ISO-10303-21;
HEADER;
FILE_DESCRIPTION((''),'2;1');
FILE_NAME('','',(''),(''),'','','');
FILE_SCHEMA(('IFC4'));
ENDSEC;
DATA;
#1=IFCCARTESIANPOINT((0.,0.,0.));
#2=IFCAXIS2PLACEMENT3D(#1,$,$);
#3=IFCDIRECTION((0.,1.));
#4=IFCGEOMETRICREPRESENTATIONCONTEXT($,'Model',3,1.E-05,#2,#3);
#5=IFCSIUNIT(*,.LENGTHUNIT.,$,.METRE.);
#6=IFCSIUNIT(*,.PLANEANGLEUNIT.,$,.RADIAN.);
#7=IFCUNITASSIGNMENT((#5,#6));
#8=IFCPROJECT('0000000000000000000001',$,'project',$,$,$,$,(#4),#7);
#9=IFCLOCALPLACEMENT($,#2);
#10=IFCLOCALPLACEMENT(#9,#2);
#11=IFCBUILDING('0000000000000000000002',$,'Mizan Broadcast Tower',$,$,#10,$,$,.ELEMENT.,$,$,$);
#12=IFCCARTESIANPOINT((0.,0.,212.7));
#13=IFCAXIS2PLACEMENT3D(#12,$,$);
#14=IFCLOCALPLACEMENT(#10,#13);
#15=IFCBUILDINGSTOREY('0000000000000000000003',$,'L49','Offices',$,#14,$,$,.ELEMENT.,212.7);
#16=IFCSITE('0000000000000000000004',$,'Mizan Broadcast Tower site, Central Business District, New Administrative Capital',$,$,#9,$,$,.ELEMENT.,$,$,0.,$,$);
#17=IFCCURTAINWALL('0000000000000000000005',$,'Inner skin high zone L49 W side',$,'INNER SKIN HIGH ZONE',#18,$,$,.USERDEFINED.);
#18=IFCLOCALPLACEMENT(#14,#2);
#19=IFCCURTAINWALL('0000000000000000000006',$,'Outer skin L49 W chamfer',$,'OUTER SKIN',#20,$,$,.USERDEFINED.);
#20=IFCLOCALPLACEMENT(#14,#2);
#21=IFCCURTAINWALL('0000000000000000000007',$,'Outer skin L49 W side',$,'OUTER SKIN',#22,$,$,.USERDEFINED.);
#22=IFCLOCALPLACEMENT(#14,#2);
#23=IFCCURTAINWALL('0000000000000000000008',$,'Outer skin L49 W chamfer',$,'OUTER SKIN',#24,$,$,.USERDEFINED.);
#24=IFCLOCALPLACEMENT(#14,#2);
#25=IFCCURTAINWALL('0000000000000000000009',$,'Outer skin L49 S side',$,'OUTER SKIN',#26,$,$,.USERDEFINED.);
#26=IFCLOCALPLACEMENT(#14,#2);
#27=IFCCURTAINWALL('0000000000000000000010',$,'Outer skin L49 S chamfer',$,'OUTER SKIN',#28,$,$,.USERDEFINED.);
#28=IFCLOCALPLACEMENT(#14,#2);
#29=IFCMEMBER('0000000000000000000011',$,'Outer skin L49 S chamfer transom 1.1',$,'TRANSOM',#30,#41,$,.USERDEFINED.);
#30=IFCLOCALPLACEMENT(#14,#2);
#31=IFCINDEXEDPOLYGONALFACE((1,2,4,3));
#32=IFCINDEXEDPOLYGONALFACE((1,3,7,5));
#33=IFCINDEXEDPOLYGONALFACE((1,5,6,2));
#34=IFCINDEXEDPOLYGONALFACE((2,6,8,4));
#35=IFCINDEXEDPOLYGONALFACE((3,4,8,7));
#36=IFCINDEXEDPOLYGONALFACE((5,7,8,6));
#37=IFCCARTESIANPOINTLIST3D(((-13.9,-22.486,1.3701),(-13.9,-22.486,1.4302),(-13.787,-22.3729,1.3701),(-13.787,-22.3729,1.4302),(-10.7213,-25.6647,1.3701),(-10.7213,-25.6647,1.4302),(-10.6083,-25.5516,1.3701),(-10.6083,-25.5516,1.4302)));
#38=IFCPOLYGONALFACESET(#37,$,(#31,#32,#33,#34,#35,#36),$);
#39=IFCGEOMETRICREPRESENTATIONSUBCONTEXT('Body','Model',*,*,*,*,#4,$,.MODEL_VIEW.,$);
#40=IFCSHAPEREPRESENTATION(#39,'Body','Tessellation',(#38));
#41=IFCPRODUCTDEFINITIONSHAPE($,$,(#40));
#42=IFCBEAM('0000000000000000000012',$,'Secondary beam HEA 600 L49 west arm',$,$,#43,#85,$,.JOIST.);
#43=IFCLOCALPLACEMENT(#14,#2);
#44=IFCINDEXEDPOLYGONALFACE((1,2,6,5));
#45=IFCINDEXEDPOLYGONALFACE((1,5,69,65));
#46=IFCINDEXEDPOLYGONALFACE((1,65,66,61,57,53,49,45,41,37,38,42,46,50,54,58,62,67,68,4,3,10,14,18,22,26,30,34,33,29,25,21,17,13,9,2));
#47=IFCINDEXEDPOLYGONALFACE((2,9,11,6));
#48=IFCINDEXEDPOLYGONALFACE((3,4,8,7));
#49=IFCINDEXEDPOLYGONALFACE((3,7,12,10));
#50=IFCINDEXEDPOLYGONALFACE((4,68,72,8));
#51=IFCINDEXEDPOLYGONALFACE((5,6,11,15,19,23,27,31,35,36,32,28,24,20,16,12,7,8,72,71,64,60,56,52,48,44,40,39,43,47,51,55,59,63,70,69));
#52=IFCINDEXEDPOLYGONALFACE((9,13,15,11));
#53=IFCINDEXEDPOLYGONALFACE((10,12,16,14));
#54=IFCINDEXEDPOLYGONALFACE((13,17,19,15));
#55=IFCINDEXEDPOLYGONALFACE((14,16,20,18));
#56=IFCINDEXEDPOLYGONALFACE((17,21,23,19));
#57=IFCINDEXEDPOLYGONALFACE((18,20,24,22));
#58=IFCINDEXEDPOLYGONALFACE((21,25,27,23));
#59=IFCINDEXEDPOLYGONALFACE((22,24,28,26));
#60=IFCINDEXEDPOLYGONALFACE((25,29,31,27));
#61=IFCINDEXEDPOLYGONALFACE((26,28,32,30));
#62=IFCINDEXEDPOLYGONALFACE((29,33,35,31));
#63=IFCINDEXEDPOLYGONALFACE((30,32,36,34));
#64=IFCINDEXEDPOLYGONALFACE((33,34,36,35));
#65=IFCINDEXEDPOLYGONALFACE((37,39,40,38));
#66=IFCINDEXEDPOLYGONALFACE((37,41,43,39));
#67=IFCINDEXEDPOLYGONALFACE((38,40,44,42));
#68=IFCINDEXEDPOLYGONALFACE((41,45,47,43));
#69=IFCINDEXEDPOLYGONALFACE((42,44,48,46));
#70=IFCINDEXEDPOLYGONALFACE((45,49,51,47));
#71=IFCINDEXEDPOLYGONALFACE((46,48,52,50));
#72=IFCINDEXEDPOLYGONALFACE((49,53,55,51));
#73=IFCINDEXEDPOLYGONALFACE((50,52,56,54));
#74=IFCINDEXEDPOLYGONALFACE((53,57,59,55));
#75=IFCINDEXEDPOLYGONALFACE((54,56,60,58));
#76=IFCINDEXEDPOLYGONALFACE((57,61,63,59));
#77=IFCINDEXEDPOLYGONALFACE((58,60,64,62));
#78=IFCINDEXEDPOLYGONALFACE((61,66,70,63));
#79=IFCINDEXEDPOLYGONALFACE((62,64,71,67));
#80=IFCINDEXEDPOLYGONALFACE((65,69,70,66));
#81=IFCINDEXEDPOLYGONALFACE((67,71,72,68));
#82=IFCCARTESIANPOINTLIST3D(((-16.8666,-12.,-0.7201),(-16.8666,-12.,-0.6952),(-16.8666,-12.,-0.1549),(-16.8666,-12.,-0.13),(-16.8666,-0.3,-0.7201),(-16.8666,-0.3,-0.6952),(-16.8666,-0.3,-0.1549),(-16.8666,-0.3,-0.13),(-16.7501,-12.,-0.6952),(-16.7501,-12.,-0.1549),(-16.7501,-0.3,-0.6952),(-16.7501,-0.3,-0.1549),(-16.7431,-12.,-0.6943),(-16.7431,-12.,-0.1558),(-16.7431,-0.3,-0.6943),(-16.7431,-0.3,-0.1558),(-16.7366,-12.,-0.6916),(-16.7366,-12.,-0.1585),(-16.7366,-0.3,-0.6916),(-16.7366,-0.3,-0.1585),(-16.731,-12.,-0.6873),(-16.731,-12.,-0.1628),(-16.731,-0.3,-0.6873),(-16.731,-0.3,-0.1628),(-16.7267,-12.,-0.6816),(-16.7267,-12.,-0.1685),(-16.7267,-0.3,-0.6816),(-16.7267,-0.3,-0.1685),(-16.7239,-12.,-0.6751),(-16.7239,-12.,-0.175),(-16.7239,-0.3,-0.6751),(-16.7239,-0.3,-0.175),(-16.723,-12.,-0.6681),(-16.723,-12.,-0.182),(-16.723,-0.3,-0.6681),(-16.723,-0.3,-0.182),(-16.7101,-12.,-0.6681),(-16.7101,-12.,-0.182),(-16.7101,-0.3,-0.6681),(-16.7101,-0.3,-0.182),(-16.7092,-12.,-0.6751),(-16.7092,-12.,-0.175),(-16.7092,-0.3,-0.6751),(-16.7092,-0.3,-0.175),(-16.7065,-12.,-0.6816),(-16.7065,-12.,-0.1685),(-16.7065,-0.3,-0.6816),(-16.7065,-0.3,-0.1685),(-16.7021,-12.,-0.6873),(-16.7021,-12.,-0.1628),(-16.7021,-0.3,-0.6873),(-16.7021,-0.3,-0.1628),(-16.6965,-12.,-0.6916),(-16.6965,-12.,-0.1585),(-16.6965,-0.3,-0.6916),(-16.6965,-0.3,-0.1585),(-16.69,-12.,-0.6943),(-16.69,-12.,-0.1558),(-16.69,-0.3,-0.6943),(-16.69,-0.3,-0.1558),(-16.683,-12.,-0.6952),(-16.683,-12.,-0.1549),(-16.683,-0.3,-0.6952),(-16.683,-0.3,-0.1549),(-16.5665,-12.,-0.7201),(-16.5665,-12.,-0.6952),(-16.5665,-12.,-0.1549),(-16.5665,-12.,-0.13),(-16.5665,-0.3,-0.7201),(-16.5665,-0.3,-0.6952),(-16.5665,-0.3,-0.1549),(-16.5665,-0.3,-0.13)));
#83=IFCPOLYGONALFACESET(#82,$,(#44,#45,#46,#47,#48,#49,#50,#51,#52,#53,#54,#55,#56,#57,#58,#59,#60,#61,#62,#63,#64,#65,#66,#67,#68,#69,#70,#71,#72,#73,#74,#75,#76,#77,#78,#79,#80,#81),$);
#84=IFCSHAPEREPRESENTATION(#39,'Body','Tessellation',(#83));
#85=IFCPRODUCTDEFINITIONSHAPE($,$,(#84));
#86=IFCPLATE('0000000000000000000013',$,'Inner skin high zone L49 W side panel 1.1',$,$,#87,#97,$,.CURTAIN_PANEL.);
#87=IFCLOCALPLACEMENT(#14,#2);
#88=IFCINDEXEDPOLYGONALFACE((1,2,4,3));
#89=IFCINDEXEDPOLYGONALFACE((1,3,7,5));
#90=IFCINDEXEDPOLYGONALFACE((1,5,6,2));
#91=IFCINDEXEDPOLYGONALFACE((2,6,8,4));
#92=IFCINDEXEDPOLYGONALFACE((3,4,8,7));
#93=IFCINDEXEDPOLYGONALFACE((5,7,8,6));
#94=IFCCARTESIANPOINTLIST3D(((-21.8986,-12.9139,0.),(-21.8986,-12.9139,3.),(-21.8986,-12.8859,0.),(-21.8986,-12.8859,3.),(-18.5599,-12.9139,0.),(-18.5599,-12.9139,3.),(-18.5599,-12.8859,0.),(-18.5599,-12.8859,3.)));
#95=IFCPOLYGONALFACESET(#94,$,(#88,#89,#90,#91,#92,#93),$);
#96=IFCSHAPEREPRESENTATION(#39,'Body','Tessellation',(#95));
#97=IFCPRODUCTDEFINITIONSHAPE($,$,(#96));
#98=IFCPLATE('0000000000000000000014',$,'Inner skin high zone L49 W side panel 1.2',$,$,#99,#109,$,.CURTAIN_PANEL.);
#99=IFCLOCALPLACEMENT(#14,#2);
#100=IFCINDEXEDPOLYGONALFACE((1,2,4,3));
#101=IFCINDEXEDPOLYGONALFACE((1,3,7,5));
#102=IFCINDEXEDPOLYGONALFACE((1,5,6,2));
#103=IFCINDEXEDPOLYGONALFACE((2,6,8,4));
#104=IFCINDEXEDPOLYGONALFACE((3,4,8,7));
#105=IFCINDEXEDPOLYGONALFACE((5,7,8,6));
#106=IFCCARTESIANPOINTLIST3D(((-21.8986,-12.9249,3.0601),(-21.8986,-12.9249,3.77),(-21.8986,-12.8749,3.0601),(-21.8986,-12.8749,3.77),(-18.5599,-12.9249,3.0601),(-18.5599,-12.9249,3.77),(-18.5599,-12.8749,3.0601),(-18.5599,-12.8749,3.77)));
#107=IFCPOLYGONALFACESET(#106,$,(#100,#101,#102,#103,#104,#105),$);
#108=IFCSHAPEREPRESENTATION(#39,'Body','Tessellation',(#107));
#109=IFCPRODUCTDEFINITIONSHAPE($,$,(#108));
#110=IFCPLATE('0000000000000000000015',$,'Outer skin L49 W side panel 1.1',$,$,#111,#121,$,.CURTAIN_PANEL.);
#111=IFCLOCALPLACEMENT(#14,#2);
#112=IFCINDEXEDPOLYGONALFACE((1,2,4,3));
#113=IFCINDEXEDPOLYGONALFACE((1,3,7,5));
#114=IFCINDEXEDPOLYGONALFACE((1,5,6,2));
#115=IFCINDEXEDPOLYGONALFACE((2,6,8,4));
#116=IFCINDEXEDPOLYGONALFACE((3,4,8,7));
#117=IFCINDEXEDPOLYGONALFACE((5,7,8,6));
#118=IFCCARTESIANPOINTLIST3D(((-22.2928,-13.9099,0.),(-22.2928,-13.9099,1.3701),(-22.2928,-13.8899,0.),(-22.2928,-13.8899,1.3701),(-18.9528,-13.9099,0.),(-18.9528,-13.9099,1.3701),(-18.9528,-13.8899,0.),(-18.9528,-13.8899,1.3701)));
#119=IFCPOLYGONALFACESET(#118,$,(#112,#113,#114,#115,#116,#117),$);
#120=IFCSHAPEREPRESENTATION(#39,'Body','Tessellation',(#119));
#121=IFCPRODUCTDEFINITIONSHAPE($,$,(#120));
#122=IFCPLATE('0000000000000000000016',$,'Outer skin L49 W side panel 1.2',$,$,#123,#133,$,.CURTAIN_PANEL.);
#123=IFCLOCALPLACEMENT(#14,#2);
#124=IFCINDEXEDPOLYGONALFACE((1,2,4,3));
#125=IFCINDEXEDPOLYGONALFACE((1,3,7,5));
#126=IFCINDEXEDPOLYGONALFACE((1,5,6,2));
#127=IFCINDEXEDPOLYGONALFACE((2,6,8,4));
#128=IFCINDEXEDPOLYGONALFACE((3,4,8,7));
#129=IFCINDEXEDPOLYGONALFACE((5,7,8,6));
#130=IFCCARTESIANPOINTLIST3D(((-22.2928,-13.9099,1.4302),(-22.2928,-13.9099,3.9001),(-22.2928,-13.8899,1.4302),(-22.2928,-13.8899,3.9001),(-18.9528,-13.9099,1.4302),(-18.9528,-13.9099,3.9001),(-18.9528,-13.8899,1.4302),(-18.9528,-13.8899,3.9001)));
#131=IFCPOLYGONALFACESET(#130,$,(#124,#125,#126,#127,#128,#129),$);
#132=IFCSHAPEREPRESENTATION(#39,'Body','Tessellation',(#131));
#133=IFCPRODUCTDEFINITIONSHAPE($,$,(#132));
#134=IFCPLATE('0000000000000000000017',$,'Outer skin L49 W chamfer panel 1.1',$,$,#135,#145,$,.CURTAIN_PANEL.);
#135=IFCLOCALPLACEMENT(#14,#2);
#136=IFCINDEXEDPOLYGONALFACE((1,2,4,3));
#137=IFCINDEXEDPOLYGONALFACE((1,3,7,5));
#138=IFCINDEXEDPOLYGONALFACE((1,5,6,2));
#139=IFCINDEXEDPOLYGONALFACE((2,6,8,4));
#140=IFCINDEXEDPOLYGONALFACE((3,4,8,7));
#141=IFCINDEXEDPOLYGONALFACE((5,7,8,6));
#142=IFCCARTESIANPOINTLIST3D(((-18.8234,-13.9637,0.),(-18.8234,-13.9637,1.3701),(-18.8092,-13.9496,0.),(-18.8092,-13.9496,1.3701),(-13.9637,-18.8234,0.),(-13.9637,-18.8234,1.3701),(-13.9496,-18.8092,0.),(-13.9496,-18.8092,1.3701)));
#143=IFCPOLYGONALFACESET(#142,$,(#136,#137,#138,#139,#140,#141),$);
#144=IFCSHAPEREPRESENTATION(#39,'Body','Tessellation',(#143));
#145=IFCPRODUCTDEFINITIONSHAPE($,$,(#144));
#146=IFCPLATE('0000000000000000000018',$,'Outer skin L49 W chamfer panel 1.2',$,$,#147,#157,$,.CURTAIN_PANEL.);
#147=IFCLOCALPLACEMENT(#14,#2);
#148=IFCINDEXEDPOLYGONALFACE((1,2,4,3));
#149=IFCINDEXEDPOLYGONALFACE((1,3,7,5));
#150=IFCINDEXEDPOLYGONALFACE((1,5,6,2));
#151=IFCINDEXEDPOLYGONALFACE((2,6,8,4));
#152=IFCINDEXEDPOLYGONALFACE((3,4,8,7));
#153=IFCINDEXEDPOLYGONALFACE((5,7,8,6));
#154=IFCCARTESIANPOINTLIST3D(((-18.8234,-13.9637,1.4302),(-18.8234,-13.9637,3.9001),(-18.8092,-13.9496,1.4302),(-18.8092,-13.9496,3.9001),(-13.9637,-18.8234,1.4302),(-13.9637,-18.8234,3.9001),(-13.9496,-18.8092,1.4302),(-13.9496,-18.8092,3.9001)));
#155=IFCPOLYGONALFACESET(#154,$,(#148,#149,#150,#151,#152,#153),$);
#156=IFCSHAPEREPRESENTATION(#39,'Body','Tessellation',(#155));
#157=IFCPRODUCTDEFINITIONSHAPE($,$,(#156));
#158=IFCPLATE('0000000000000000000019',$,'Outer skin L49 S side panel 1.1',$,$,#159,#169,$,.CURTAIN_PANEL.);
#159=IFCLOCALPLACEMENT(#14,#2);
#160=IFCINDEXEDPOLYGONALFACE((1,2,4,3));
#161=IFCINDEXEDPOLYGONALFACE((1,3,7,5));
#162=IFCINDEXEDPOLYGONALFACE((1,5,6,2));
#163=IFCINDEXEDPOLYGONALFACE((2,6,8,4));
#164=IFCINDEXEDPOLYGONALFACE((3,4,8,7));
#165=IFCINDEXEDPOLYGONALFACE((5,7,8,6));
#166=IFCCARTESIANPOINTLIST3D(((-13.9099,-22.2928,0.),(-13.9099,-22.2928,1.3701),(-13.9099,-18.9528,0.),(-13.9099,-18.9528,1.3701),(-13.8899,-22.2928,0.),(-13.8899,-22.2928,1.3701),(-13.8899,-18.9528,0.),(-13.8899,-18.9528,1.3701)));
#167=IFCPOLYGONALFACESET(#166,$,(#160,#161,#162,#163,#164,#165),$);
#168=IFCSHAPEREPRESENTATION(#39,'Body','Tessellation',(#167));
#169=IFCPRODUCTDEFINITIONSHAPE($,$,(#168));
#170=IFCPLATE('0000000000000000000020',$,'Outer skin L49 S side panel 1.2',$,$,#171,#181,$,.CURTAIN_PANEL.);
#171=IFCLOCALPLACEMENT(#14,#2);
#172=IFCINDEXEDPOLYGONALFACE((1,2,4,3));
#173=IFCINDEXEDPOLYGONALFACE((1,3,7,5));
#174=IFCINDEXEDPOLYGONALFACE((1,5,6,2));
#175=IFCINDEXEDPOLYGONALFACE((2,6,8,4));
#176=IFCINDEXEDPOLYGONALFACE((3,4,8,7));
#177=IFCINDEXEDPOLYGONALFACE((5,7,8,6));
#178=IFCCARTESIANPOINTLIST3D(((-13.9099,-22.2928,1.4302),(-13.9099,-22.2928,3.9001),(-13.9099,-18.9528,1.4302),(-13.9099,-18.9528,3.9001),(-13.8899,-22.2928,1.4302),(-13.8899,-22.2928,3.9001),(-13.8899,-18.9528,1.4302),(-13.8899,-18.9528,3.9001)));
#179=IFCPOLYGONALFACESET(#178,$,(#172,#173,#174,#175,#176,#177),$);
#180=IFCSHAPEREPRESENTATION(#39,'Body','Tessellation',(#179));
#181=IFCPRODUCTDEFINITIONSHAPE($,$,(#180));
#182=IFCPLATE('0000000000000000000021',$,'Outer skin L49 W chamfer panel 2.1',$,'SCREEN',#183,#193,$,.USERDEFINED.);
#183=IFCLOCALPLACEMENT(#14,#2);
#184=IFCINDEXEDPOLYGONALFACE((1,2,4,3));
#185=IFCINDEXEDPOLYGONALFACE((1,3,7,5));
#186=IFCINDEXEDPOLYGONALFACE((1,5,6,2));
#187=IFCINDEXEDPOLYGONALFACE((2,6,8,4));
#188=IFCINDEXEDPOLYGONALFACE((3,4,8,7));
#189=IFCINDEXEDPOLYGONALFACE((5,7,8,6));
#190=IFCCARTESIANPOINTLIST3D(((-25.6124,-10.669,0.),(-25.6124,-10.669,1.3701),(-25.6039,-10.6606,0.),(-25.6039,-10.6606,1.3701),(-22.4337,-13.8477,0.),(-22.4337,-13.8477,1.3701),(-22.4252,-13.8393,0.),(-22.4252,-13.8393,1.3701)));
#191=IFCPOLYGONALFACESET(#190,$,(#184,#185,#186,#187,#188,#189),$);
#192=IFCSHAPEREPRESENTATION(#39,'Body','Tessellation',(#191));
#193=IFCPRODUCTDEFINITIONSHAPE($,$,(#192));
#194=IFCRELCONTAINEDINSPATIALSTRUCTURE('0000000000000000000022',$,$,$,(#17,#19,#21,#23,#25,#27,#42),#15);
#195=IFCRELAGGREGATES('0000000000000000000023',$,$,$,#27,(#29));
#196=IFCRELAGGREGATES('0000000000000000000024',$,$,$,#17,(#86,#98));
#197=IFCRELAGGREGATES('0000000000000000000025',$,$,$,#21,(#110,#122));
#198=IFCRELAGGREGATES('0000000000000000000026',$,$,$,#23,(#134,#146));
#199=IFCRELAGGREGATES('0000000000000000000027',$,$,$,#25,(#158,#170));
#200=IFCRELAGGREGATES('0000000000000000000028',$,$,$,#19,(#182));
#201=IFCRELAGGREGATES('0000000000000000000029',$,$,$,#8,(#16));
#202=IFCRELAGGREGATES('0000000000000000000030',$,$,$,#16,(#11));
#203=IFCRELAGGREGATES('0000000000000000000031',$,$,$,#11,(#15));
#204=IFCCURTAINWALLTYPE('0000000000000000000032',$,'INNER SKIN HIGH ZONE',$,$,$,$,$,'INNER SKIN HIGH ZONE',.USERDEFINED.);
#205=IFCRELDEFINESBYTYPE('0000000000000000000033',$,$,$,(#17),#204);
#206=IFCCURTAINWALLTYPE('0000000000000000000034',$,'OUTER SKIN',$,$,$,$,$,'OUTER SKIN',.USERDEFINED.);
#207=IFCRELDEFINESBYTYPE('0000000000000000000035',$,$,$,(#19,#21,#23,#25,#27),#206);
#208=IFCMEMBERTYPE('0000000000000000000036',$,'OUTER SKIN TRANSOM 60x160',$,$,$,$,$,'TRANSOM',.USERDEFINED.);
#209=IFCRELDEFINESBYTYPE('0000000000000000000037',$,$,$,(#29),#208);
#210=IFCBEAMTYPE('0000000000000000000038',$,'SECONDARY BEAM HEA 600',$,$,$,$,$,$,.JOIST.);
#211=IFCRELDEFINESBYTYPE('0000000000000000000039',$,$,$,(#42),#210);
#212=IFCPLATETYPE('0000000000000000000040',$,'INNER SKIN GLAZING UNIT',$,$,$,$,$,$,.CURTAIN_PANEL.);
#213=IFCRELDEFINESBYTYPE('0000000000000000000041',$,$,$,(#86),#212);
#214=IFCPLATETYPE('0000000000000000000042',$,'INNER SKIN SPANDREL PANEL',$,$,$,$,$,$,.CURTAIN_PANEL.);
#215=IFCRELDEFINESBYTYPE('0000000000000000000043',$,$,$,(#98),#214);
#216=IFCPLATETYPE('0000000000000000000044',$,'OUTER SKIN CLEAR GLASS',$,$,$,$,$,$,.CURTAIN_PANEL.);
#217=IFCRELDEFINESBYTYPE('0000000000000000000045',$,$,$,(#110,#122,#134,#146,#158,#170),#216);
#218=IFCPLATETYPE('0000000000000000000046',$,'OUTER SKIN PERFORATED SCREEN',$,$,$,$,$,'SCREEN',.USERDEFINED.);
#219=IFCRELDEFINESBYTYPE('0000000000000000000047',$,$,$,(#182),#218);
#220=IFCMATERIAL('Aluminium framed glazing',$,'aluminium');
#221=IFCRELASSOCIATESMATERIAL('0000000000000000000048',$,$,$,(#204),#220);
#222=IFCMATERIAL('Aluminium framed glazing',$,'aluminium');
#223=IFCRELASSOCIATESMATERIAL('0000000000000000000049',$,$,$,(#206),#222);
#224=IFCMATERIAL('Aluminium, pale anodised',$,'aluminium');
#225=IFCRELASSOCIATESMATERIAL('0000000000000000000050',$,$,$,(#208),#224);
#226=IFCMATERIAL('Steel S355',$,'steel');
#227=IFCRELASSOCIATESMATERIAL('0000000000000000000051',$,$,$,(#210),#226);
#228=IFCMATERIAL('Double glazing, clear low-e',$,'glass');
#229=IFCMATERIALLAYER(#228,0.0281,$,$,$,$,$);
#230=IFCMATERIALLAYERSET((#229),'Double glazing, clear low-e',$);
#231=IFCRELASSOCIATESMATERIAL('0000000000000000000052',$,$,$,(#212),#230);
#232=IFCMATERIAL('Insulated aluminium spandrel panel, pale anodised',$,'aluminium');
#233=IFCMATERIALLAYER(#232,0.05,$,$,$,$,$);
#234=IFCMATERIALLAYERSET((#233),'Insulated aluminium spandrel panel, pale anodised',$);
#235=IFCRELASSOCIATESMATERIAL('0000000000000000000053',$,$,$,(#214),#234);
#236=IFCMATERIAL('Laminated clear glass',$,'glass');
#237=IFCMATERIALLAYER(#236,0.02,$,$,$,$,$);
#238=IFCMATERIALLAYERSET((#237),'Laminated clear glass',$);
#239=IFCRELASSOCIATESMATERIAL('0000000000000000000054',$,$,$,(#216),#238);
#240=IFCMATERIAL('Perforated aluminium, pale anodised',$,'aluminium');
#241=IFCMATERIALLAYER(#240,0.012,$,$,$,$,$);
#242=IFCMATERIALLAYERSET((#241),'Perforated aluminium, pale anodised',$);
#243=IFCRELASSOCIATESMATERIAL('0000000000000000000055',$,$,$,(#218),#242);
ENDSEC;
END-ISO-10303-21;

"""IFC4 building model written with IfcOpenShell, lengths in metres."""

from ifc_helpers import new_model, si_unit, direction, frame, origin, origin_2d, place, context, subcontext, project, spatial, rectangle, i_section, extrude, material, layer, layer_set, material_profile, profile_set, type_object, element, aggregate, save


model = new_model("IFC4")

# Units and contexts
model_context = context("Model", 3, precision=1e-05, world=origin(), true_north=direction((0.0, 1.0)))
body_context = subcontext(model_context, "Body", "Model", "MODEL_VIEW")
ifc_project = project(units=[si_unit("LENGTHUNIT", "METRE"), si_unit("PLANEANGLEUNIT", "RADIAN")], contexts=[model_context])

# Site, building, storey
site_placement = place(None, origin())
site = spatial("IfcSite", under=ifc_project, at=site_placement, Name="Mizan Broadcast Tower site, Central Business District, New Administrative Capital", CompositionType="ELEMENT", RefElevation=0.0)
building_placement = place(site_placement, origin())
building = spatial("IfcBuilding", under=site, at=building_placement, Name="Mizan Broadcast Tower", CompositionType="ELEMENT")
storey_placement = place(building_placement, frame((0.0, 0.0, 212.7)))
storey = spatial("IfcBuildingStorey", under=building, at=storey_placement, Name="L49", Description="Offices", CompositionType="ELEMENT", Elevation=212.7)

# Curtain wall
ifc_material_1 = material(Name="Aluminium framed glazing", Category="aluminium")
curtain_wall_type_1 = type_object("IfcCurtainWallType", Name="INNER SKIN HIGH ZONE", ElementType="INNER SKIN HIGH ZONE", PredefinedType="USERDEFINED", material=ifc_material_1)
curtain_wall_1_placement = place(storey_placement, origin())
curtain_wall_1 = element("IfcCurtainWall", 1, at=curtain_wall_1_placement, inside=storey, type_object=curtain_wall_type_1, Name="Inner skin high zone L49 W side", ObjectType="INNER SKIN HIGH ZONE", PredefinedType="USERDEFINED")

# Curtain walls
ifc_material_2 = material(Name="Aluminium framed glazing", Category="aluminium")
curtain_wall_type_2 = type_object("IfcCurtainWallType", Name="OUTER SKIN", ElementType="OUTER SKIN", PredefinedType="USERDEFINED", material=ifc_material_2)
curtain_wall_2_placement = place(storey_placement, origin())
curtain_wall_2 = element("IfcCurtainWall", 2, at=curtain_wall_2_placement, inside=storey, type_object=curtain_wall_type_2, Name="Outer skin L49 W chamfer", ObjectType="OUTER SKIN", PredefinedType="USERDEFINED")
curtain_wall_3_placement = place(storey_placement, origin())
curtain_wall_3 = element("IfcCurtainWall", 3, at=curtain_wall_3_placement, inside=storey, type_object=curtain_wall_type_2, Name="Outer skin L49 W side", ObjectType="OUTER SKIN", PredefinedType="USERDEFINED")
curtain_wall_4_placement = place(storey_placement, origin())
curtain_wall_4 = element("IfcCurtainWall", 4, at=curtain_wall_4_placement, inside=storey, type_object=curtain_wall_type_2, Name="Outer skin L49 W chamfer", ObjectType="OUTER SKIN", PredefinedType="USERDEFINED")
curtain_wall_5_placement = place(storey_placement, origin())
curtain_wall_5 = element("IfcCurtainWall", 5, at=curtain_wall_5_placement, inside=storey, type_object=curtain_wall_type_2, Name="Outer skin L49 S side", ObjectType="OUTER SKIN", PredefinedType="USERDEFINED")

# Shared definitions
ifc_material_3 = material(Name="Aluminium, pale anodised", Category="aluminium")
ifc_material_profile_1 = material_profile(ifc_material_3, rectangle(XDim=0.1599, YDim=0.0601, at=origin_2d()), Name="TRANSOM 160x60")
ifc_profile_set_1 = profile_set([ifc_material_profile_1], Name="Aluminium, pale anodised")
member_type_1 = type_object("IfcMemberType", Name="OUTER SKIN TRANSOM 60x160", ElementType="TRANSOM", PredefinedType="USERDEFINED", material=ifc_profile_set_1)

# Curtain wall, member
curtain_wall_6_placement = place(storey_placement, origin())
curtain_wall_6 = element("IfcCurtainWall", 6, at=curtain_wall_6_placement, inside=storey, type_object=curtain_wall_type_2, Name="Outer skin L49 S chamfer", ObjectType="OUTER SKIN", PredefinedType="USERDEFINED")
member_1_placement = place(storey_placement, frame((-13.8435, -22.4294, 1.4001), z_axis=(0.707107, -0.707107, 0.0), x_axis=(0.707107, 0.707107, 0.0)))
member_1 = element("IfcMember", 7, at=member_1_placement, type_object=member_type_1, Name="Outer skin L49 S chamfer transom 1.1", ObjectType="TRANSOM", PredefinedType="USERDEFINED", context=body_context, shape_type="SweptSolid", body=[
    extrude(rectangle(XDim=0.1599, YDim=0.0601, at=origin_2d()), origin(), (0.0, 0.0, 1.0), 4.4954),
])
aggregate(curtain_wall_6, [member_1])

# Beam
ifc_material_4 = material(Name="Steel S355", Category="steel")
ifc_material_profile_2 = material_profile(ifc_material_4, i_section(OverallWidth=0.3, OverallDepth=0.5901, WebThickness=0.0129, FlangeThickness=0.0249, FilletRadius=0.0271, at=origin_2d()), Name="HEA 600")
ifc_profile_set_2 = profile_set([ifc_material_profile_2], Name="Steel S355")
beam_type_1 = type_object("IfcBeamType", Name="SECONDARY BEAM HEA 600", PredefinedType="JOIST", material=ifc_profile_set_2)
beam_1_placement = place(storey_placement, frame((-16.7166, -12.0, -0.425), z_axis=(0.0, 1.0, 0.0), x_axis=(-1.0, 0.0, 0.0)))
element("IfcBeam", 8, at=beam_1_placement, inside=storey, type_object=beam_type_1, Name="Secondary beam HEA 600 L49 west arm", PredefinedType="JOIST", context=body_context, shape_type="SweptSolid", body=[
    extrude(i_section(OverallWidth=0.3, OverallDepth=0.5901, WebThickness=0.0129, FlangeThickness=0.0249, FilletRadius=0.0271, at=origin_2d()), origin(), (0.0, 0.0, 1.0), 11.7),
])

# Plates
ifc_material_5 = material(Name="Double glazing, clear low-e", Category="glass")
ifc_layer_1 = layer(ifc_material_5, 0.0281)
ifc_layer_set_1 = layer_set([ifc_layer_1], Name="Double glazing, clear low-e")
plate_type_1 = type_object("IfcPlateType", Name="INNER SKIN GLAZING UNIT", PredefinedType="CURTAIN_PANEL", material=ifc_layer_set_1)
plate_1_placement = place(storey_placement, frame((-20.2292, -12.8999, 0.0), z_axis=(0.0, 0.0, 1.0), x_axis=(1.0, 0.0, 0.0)))
plate_1 = element("IfcPlate", 9, at=plate_1_placement, type_object=plate_type_1, Name="Inner skin high zone L49 W side panel 1.1", PredefinedType="CURTAIN_PANEL", context=body_context, shape_type="SweptSolid", body=[
    extrude(rectangle(XDim=3.3386, YDim=0.0281, at=origin_2d()), origin(), (0.0, 0.0, 1.0), 3.0),
])
ifc_material_6 = material(Name="Insulated aluminium spandrel panel, pale anodised", Category="aluminium")
ifc_layer_2 = layer(ifc_material_6, 0.05)
ifc_layer_set_2 = layer_set([ifc_layer_2], Name="Insulated aluminium spandrel panel, pale anodised")
plate_type_2 = type_object("IfcPlateType", Name="INNER SKIN SPANDREL PANEL", PredefinedType="CURTAIN_PANEL", material=ifc_layer_set_2)
plate_2_placement = place(storey_placement, frame((-20.2292, -12.8999, 3.0601), z_axis=(0.0, 0.0, 1.0), x_axis=(1.0, 0.0, 0.0)))
plate_2 = element("IfcPlate", 10, at=plate_2_placement, type_object=plate_type_2, Name="Inner skin high zone L49 W side panel 1.2", PredefinedType="CURTAIN_PANEL", context=body_context, shape_type="SweptSolid", body=[
    extrude(rectangle(XDim=3.3386, YDim=0.05, at=origin_2d()), origin(), (0.0, 0.0, 1.0), 0.71),
])
aggregate(curtain_wall_1, [plate_1, plate_2])
ifc_material_7 = material(Name="Laminated clear glass", Category="glass")
ifc_layer_3 = layer(ifc_material_7, 0.02)
ifc_layer_set_3 = layer_set([ifc_layer_3], Name="Laminated clear glass")
plate_type_3 = type_object("IfcPlateType", Name="OUTER SKIN CLEAR GLASS", PredefinedType="CURTAIN_PANEL", material=ifc_layer_set_3)
plate_3_placement = place(storey_placement, frame((-20.6228, -13.8999, 0.0), z_axis=(0.0, 0.0, 1.0), x_axis=(1.0, 0.0, 0.0)))
plate_3 = element("IfcPlate", 11, at=plate_3_placement, type_object=plate_type_3, Name="Outer skin L49 W side panel 1.1", PredefinedType="CURTAIN_PANEL", context=body_context, shape_type="SweptSolid", body=[
    extrude(rectangle(XDim=3.3401, YDim=0.02, at=origin_2d()), origin(), (0.0, 0.0, 1.0), 1.3701),
])
plate_4_placement = place(storey_placement, frame((-20.6228, -13.8999, 1.4302), z_axis=(0.0, 0.0, 1.0), x_axis=(1.0, 0.0, 0.0)))
plate_4 = element("IfcPlate", 12, at=plate_4_placement, type_object=plate_type_3, Name="Outer skin L49 W side panel 1.2", PredefinedType="CURTAIN_PANEL", context=body_context, shape_type="SweptSolid", body=[
    extrude(rectangle(XDim=3.3401, YDim=0.02, at=origin_2d()), origin(), (0.0, 0.0, 1.0), 2.47),
])
aggregate(curtain_wall_3, [plate_3, plate_4])
plate_5_placement = place(storey_placement, frame((-16.3865, -16.3865, 0.0), z_axis=(0.0, 0.0, 1.0), x_axis=(0.707107, -0.707107, 0.0)))
plate_5 = element("IfcPlate", 13, at=plate_5_placement, type_object=plate_type_3, Name="Outer skin L49 W chamfer panel 1.1", PredefinedType="CURTAIN_PANEL", context=body_context, shape_type="SweptSolid", body=[
    extrude(rectangle(XDim=6.8726, YDim=0.02, at=origin_2d()), origin(), (0.0, 0.0, 1.0), 1.3701),
])
plate_6_placement = place(storey_placement, frame((-16.3865, -16.3865, 1.4302), z_axis=(0.0, 0.0, 1.0), x_axis=(0.707107, -0.707107, 0.0)))
plate_6 = element("IfcPlate", 14, at=plate_6_placement, type_object=plate_type_3, Name="Outer skin L49 W chamfer panel 1.2", PredefinedType="CURTAIN_PANEL", context=body_context, shape_type="SweptSolid", body=[
    extrude(rectangle(XDim=6.8726, YDim=0.02, at=origin_2d()), origin(), (0.0, 0.0, 1.0), 2.47),
])
aggregate(curtain_wall_4, [plate_5, plate_6])
plate_7_placement = place(storey_placement, frame((-13.8999, -20.6228, 0.0), z_axis=(0.0, 0.0, 1.0), x_axis=(0.0, -1.0, 0.0)))
plate_7 = element("IfcPlate", 15, at=plate_7_placement, type_object=plate_type_3, Name="Outer skin L49 S side panel 1.1", PredefinedType="CURTAIN_PANEL", context=body_context, shape_type="SweptSolid", body=[
    extrude(rectangle(XDim=3.3401, YDim=0.02, at=origin_2d()), origin(), (0.0, 0.0, 1.0), 1.3701),
])
plate_8_placement = place(storey_placement, frame((-13.8999, -20.6228, 1.4302), z_axis=(0.0, 0.0, 1.0), x_axis=(0.0, -1.0, 0.0)))
plate_8 = element("IfcPlate", 16, at=plate_8_placement, type_object=plate_type_3, Name="Outer skin L49 S side panel 1.2", PredefinedType="CURTAIN_PANEL", context=body_context, shape_type="SweptSolid", body=[
    extrude(rectangle(XDim=3.3401, YDim=0.02, at=origin_2d()), origin(), (0.0, 0.0, 1.0), 2.47),
])
aggregate(curtain_wall_5, [plate_7, plate_8])
ifc_material_8 = material(Name="Perforated aluminium, pale anodised", Category="aluminium")
ifc_layer_4 = layer(ifc_material_8, 0.012)
ifc_layer_set_4 = layer_set([ifc_layer_4], Name="Perforated aluminium, pale anodised")
plate_type_4 = type_object("IfcPlateType", Name="OUTER SKIN PERFORATED SCREEN", ElementType="SCREEN", PredefinedType="USERDEFINED", material=ifc_layer_set_4)
plate_9_placement = place(storey_placement, frame((-24.0188, -12.2542, 0.0), z_axis=(0.0, 0.0, 1.0), x_axis=(0.707107, -0.707107, 0.0)))
plate_9 = element("IfcPlate", 17, at=plate_9_placement, type_object=plate_type_4, Name="Outer skin L49 W chamfer panel 2.1", ObjectType="SCREEN", PredefinedType="USERDEFINED", context=body_context, shape_type="SweptSolid", body=[
    extrude(rectangle(XDim=4.4954, YDim=0.012, at=origin_2d()), origin(), (0.0, 0.0, 1.0), 1.3701),
])
aggregate(curtain_wall_2, [plate_9])

save(model, "model.ifc")
